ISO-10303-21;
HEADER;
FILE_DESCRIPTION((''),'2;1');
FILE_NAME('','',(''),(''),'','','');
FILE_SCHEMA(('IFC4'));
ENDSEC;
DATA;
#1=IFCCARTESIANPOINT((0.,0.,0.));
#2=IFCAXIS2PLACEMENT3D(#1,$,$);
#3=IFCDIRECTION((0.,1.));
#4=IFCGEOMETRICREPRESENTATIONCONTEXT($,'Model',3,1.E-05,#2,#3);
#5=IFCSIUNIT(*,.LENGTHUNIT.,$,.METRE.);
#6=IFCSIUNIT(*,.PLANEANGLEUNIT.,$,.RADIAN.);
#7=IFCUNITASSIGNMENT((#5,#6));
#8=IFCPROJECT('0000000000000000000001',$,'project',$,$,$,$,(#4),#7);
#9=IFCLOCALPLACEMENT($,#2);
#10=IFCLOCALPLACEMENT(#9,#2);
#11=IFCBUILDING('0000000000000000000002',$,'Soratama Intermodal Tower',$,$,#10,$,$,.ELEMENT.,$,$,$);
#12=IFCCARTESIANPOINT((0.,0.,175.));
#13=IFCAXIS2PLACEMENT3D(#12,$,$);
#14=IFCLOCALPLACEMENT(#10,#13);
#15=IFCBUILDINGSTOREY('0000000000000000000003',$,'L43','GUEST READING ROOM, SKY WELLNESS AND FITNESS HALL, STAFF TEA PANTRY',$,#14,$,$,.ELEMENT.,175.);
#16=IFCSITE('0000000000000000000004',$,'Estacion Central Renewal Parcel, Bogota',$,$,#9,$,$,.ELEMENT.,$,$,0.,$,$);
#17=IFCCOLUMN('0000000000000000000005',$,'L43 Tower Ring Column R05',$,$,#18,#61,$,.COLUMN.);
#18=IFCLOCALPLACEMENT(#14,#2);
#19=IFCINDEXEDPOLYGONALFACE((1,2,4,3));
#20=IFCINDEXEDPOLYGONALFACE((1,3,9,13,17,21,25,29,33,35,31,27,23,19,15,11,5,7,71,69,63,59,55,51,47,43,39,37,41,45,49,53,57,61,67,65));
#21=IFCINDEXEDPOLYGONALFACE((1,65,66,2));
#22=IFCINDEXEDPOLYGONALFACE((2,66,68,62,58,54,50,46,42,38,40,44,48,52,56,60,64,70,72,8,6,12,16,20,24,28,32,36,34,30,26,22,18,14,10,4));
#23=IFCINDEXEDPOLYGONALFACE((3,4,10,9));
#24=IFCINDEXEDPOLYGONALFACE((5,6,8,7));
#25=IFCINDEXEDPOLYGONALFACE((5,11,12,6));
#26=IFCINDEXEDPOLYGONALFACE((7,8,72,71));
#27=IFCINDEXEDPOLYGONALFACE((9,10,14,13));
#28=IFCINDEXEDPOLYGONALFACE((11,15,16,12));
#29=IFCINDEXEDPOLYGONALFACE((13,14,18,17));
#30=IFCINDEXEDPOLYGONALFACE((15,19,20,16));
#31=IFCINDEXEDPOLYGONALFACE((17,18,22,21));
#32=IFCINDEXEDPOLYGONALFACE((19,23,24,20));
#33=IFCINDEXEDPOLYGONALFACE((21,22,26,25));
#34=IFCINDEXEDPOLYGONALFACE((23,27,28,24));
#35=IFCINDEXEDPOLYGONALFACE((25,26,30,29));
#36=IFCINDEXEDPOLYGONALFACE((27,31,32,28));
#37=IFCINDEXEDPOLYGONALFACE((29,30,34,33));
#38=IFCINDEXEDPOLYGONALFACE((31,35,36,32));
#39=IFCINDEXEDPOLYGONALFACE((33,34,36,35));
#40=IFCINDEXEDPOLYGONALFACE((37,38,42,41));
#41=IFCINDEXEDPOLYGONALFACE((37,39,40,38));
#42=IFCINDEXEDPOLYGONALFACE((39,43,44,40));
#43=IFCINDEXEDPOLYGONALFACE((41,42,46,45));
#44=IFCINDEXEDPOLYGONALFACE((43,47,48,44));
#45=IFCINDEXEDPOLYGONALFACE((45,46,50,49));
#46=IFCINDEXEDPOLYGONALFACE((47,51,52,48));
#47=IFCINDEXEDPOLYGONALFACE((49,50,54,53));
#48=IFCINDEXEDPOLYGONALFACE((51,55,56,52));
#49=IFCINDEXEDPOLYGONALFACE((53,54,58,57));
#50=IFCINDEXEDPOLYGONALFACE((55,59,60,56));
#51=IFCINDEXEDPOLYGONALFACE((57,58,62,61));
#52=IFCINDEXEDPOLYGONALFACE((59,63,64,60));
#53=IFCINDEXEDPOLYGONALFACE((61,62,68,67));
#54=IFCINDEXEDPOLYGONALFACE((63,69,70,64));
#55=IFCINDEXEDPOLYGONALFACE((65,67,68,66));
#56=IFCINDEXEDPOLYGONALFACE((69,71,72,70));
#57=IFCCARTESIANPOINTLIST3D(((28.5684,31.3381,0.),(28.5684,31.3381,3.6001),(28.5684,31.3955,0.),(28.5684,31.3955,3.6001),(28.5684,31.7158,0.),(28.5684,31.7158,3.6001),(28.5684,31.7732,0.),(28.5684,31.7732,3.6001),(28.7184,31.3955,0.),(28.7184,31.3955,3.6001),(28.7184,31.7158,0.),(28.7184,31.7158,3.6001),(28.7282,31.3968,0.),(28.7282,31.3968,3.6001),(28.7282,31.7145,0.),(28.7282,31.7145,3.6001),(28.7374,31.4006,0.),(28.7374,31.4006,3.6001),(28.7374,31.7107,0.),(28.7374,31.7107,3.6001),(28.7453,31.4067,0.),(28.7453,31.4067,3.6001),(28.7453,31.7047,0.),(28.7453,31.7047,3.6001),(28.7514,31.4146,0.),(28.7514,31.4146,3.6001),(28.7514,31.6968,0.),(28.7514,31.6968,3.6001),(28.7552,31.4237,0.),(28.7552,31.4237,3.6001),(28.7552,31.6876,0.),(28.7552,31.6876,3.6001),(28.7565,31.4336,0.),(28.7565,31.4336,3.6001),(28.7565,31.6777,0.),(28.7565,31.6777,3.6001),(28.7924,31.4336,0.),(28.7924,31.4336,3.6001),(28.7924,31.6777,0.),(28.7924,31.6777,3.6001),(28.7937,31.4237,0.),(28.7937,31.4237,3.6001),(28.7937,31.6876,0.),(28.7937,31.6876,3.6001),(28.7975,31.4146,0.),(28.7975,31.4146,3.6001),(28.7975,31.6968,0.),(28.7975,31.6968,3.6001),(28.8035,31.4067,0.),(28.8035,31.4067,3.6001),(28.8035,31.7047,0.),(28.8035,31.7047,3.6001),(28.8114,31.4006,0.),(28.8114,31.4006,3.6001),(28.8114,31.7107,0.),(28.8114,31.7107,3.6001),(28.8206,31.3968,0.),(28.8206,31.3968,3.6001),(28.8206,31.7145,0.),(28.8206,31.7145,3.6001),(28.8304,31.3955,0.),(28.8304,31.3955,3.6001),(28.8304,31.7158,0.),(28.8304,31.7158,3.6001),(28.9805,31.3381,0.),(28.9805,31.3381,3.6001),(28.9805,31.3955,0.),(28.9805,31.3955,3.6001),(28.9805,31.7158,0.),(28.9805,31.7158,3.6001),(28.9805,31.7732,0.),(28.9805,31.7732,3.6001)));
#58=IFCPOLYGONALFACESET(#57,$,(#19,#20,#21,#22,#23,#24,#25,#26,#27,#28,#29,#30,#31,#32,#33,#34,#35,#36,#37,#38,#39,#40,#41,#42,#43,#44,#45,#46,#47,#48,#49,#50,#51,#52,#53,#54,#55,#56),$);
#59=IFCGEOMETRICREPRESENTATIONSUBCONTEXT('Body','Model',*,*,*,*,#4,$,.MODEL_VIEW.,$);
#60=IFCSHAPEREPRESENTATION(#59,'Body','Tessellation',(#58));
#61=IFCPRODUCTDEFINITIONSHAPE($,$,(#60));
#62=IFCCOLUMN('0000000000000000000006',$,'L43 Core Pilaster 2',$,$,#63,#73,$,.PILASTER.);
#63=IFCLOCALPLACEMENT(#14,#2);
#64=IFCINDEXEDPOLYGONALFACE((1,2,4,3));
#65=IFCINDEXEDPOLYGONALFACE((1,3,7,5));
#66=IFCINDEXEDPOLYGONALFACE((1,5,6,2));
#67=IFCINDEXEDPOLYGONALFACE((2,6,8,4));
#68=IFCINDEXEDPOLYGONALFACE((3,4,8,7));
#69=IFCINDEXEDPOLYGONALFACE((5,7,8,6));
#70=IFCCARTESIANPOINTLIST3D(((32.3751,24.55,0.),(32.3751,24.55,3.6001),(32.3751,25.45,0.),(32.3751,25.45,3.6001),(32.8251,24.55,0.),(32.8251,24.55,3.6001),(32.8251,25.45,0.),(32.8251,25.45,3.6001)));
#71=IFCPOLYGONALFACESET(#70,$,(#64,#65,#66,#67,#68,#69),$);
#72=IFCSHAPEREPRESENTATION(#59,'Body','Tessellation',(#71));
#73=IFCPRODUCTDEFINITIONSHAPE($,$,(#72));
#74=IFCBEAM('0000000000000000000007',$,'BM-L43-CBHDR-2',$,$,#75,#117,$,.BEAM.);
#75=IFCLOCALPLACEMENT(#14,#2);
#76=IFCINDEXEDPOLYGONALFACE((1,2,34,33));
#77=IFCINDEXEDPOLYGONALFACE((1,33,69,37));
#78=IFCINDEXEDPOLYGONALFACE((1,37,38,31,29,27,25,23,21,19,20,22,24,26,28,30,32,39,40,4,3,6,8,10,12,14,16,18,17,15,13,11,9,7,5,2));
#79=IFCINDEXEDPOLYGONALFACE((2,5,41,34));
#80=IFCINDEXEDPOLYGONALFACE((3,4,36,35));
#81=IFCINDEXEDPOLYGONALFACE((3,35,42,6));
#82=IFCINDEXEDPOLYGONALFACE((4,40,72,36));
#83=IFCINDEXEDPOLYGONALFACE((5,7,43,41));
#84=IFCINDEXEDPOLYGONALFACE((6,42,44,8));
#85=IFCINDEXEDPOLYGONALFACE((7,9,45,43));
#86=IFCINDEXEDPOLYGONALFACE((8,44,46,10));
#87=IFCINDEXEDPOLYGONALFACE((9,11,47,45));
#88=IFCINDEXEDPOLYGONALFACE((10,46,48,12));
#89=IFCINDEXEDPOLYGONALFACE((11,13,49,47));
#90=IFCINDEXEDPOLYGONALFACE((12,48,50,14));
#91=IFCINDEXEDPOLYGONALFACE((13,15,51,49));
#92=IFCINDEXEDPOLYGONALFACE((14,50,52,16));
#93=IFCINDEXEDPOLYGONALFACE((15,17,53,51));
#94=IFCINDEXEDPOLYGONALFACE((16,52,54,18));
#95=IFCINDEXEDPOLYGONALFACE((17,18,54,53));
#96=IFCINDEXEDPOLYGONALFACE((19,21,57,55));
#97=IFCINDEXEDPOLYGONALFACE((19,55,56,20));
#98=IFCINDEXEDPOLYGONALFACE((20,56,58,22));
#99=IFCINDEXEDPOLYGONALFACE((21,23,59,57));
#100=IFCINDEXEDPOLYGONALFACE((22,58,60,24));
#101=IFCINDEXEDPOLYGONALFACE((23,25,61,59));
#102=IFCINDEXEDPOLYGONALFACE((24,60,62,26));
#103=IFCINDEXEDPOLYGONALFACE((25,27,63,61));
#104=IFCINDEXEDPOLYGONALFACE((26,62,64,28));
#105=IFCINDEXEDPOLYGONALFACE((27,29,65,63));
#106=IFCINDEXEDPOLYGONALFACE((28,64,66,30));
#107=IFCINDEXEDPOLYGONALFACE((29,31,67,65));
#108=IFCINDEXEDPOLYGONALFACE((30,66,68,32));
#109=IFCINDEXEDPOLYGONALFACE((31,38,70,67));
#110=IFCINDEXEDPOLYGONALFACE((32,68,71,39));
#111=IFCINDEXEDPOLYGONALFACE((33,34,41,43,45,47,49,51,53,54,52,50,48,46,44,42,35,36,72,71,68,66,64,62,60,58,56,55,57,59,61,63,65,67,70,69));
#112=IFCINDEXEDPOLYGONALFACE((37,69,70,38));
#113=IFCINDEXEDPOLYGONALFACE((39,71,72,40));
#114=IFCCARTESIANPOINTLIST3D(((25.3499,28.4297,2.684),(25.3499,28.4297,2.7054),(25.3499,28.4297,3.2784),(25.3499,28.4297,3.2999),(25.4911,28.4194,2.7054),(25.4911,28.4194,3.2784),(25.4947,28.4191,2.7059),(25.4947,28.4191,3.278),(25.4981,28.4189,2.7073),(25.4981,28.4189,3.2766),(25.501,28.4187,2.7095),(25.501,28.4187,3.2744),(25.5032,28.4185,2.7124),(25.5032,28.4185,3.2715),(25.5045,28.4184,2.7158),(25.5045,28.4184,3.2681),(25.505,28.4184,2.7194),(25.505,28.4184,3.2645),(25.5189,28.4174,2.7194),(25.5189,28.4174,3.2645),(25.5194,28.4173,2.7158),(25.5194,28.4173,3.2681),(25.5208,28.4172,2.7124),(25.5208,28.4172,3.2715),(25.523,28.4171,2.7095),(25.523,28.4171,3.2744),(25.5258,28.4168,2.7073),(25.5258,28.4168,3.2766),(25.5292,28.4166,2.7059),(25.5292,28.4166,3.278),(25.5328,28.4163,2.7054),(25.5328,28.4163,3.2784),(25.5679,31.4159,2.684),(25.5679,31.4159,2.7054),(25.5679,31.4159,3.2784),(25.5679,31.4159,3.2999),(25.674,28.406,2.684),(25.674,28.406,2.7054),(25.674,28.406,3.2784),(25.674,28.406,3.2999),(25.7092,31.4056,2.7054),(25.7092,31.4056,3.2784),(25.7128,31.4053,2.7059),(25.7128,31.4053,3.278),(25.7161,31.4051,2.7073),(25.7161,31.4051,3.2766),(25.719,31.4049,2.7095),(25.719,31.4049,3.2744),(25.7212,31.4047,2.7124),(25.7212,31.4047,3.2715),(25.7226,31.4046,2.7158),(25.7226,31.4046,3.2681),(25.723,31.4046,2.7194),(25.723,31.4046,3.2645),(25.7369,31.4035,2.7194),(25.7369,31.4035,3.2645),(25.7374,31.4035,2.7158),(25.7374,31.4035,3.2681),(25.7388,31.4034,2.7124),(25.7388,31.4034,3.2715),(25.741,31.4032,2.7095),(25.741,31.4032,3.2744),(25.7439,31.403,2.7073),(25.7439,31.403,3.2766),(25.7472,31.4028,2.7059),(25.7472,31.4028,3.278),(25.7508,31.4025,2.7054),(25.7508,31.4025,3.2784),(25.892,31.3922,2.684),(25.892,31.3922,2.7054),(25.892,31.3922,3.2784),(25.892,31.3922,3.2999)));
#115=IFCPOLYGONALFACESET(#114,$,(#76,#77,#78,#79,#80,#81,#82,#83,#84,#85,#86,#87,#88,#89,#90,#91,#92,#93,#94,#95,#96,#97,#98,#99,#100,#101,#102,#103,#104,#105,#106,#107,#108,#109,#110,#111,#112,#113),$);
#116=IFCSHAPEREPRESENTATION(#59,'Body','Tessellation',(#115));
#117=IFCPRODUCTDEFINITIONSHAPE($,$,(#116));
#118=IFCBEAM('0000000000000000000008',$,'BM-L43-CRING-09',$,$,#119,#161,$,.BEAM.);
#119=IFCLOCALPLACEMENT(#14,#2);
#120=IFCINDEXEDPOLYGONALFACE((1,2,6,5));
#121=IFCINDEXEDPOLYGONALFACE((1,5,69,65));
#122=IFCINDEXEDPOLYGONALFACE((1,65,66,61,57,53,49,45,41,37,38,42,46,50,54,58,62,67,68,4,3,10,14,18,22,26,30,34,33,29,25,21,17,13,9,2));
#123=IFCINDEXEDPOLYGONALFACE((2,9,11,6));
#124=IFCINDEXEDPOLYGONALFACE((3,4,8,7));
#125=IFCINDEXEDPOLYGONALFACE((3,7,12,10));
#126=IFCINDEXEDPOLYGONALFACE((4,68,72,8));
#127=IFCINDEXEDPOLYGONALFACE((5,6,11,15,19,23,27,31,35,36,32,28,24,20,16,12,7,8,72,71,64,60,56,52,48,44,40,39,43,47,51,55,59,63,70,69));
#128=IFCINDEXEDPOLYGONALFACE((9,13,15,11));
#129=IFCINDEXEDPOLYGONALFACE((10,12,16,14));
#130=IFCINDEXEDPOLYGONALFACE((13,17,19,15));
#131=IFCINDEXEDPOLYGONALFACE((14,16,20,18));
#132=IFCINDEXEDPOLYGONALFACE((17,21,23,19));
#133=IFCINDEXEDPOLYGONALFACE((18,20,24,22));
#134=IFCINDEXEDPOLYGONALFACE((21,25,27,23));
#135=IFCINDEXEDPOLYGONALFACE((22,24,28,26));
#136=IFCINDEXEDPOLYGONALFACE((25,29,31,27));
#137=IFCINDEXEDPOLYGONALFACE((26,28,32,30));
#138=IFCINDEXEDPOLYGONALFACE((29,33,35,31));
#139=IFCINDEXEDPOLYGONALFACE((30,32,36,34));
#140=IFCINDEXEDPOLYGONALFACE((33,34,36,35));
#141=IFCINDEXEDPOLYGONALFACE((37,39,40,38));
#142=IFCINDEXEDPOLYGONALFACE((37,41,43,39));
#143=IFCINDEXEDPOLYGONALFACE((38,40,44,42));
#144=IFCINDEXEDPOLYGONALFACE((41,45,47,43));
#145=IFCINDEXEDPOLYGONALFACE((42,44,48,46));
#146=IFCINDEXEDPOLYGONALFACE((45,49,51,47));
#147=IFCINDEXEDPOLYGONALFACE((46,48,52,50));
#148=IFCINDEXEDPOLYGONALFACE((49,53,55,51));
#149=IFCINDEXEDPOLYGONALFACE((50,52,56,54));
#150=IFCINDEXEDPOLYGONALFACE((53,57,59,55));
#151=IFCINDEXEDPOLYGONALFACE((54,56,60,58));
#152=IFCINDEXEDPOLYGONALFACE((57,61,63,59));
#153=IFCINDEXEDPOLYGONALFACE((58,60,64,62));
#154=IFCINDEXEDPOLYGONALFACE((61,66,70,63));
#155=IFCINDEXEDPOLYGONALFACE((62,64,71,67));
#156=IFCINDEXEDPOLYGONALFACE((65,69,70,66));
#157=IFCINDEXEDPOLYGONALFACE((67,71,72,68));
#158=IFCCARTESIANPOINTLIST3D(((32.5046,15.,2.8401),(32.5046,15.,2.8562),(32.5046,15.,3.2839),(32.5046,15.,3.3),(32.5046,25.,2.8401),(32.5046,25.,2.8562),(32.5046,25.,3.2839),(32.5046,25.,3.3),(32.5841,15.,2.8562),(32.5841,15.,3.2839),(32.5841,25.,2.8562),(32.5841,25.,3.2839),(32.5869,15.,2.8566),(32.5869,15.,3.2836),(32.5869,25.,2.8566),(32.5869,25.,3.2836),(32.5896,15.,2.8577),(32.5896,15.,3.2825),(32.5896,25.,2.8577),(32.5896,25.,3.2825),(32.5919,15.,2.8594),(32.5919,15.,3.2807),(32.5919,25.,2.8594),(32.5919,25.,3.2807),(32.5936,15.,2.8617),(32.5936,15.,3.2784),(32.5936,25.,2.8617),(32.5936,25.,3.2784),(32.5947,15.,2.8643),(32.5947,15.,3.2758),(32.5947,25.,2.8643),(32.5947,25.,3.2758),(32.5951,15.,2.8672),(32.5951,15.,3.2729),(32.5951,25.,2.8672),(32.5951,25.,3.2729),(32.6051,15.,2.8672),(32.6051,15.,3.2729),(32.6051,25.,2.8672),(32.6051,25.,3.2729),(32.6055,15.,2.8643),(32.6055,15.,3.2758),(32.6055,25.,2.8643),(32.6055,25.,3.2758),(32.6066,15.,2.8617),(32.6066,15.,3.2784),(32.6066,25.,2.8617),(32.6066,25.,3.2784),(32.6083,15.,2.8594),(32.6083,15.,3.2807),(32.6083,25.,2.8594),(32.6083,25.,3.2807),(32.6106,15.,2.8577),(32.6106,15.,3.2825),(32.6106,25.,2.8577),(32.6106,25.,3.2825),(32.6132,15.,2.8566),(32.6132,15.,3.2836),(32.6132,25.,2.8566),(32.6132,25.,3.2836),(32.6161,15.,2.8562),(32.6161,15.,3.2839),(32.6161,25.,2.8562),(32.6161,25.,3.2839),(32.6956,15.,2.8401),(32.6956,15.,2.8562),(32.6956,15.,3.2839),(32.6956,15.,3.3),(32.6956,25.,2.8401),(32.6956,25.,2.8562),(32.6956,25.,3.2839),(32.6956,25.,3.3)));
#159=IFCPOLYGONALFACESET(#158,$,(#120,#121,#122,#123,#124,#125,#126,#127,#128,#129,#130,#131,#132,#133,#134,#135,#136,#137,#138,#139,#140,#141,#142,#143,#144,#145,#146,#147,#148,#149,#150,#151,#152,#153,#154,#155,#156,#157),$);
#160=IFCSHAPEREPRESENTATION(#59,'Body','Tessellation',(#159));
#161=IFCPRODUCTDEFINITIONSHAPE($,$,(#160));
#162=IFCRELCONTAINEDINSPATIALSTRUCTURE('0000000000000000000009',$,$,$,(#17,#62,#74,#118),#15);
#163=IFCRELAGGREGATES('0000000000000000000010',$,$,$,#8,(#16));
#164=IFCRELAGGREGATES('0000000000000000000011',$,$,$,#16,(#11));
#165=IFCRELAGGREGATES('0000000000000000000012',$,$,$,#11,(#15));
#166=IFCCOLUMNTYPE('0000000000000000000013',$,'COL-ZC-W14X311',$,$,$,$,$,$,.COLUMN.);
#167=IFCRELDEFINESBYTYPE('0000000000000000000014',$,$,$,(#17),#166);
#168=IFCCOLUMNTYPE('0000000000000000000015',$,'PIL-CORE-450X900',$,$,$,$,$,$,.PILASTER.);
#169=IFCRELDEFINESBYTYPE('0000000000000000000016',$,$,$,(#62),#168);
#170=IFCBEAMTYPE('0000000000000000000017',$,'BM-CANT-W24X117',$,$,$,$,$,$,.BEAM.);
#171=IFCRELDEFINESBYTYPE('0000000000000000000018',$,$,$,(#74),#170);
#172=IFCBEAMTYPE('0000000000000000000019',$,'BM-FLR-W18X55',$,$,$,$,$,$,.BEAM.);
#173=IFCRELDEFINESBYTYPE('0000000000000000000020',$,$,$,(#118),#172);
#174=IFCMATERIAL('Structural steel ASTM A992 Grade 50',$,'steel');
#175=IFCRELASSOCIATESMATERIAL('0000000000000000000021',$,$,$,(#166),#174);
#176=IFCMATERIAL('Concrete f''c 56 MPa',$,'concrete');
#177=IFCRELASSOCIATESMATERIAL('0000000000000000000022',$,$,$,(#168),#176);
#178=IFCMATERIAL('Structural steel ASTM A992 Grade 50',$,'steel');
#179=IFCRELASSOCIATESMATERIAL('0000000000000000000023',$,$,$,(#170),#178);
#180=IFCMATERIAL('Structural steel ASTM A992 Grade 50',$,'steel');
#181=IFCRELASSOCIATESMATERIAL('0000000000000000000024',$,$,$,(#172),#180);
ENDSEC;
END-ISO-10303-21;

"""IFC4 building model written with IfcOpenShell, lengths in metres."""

from ifc_helpers import new_model, si_unit, direction, frame, origin, origin_2d, place, context, subcontext, project, spatial, rectangle, i_section, extrude, material, material_profile, profile_set, type_object, element, save


model = new_model("IFC4")

# Units and contexts
model_context = context("Model", 3, precision=1e-05, world=origin(), true_north=direction((0.0, 1.0)))
body_context = subcontext(model_context, "Body", "Model", "MODEL_VIEW")
ifc_project = project(units=[si_unit("LENGTHUNIT", "METRE"), si_unit("PLANEANGLEUNIT", "RADIAN")], contexts=[model_context])

# Site, building, storey
site_placement = place(None, origin())
site = spatial("IfcSite", under=ifc_project, at=site_placement, Name="Estacion Central Renewal Parcel, Bogota", CompositionType="ELEMENT", RefElevation=0.0)
building_placement = place(site_placement, origin())
building = spatial("IfcBuilding", under=site, at=building_placement, Name="Soratama Intermodal Tower", CompositionType="ELEMENT")
storey_placement = place(building_placement, frame((0.0, 0.0, 175.0)))
storey = spatial("IfcBuildingStorey", under=building, at=storey_placement, Name="L43", Description="GUEST READING ROOM, SKY WELLNESS AND FITNESS HALL, STAFF TEA PANTRY", CompositionType="ELEMENT", Elevation=175.0)

# Columns
ifc_material_1 = material(Name="Structural steel ASTM A992 Grade 50", Category="steel")
ifc_material_profile_1 = material_profile(ifc_material_1, i_section(OverallWidth=0.4121, OverallDepth=0.4351, WebThickness=0.0359, FlangeThickness=0.0574, FilletRadius=0.0381, at=origin_2d()), Name="W14X311")
ifc_profile_set_1 = profile_set([ifc_material_profile_1], Name="Structural steel ASTM A992 Grade 50")
column_type_1 = type_object("IfcColumnType", Name="COL-ZC-W14X311", PredefinedType="COLUMN", material=ifc_profile_set_1)
column_1_placement = place(storey_placement, frame((28.7744, 31.5557, 0.0), z_axis=(0.0, 0.0, 1.0), x_axis=(1.0, 0.0, 0.0)))
element("IfcColumn", 1, at=column_1_placement, inside=storey, type_object=column_type_1, Name="L43 Tower Ring Column R05", PredefinedType="COLUMN", context=body_context, shape_type="SweptSolid", body=[
    extrude(i_section(OverallWidth=0.4121, OverallDepth=0.4351, WebThickness=0.0359, FlangeThickness=0.0574, FilletRadius=0.0381, at=origin_2d()), origin(), (0.0, 0.0, 1.0), 3.6001),
])
ifc_material_2 = material(Name="Concrete f'c 56 MPa", Category="concrete")
ifc_material_profile_2 = material_profile(ifc_material_2, rectangle(XDim=0.45, YDim=0.8999, at=origin_2d()), Name="RC450X900")
ifc_profile_set_2 = profile_set([ifc_material_profile_2], Name="Concrete f'c 56 MPa")
column_type_2 = type_object("IfcColumnType", Name="PIL-CORE-450X900", PredefinedType="PILASTER", material=ifc_profile_set_2)
column_2_placement = place(storey_placement, frame((32.6001, 25.0, 0.0), z_axis=(0.0, 0.0, 1.0), x_axis=(1.0, 0.0, 0.0)))
element("IfcColumn", 2, at=column_2_placement, inside=storey, type_object=column_type_2, Name="L43 Core Pilaster 2", PredefinedType="PILASTER", context=body_context, shape_type="SweptSolid", body=[
    extrude(rectangle(XDim=0.45, YDim=0.8999, at=origin_2d()), origin(), (0.0, 0.0, 1.0), 3.6001),
])

# Beams
ifc_material_3 = material(Name="Structural steel ASTM A992 Grade 50", Category="steel")
ifc_material_profile_3 = material_profile(ifc_material_3, i_section(OverallWidth=0.325, OverallDepth=0.616, WebThickness=0.0139, FlangeThickness=0.0215, FilletRadius=0.0139, at=origin_2d()), Name="W24X117")
ifc_profile_set_3 = profile_set([ifc_material_profile_3], Name="Structural steel ASTM A992 Grade 50")
beam_type_1 = type_object("IfcBeamType", Name="BM-CANT-W24X117", PredefinedType="BEAM", material=ifc_profile_set_3)
beam_1_placement = place(storey_placement, frame((25.73, 31.4041, 2.9919), z_axis=(-0.072817, -0.997345, 0.0), x_axis=(0.997345, -0.072817, 0.0)))
element("IfcBeam", 3, at=beam_1_placement, inside=storey, type_object=beam_type_1, Name="BM-L43-CBHDR-2", PredefinedType="BEAM", context=body_context, shape_type="SweptSolid", body=[
    extrude(i_section(OverallWidth=0.325, OverallDepth=0.616, WebThickness=0.0139, FlangeThickness=0.0215, FilletRadius=0.0139, at=origin_2d()), origin(), (0.0, 0.0, 1.0), 2.9941),
])
ifc_material_4 = material(Name="Structural steel ASTM A992 Grade 50", Category="steel")
ifc_material_profile_4 = material_profile(ifc_material_4, i_section(OverallWidth=0.1909, OverallDepth=0.46, WebThickness=0.01, FlangeThickness=0.0161, FilletRadius=0.011, at=origin_2d()), Name="W18X55")
ifc_profile_set_4 = profile_set([ifc_material_profile_4], Name="Structural steel ASTM A992 Grade 50")
beam_type_2 = type_object("IfcBeamType", Name="BM-FLR-W18X55", PredefinedType="BEAM", material=ifc_profile_set_4)
beam_2_placement = place(storey_placement, frame((32.6001, 25.0, 3.0701), z_axis=(0.0, -1.0, 0.0), x_axis=(1.0, 0.0, 0.0)))
element("IfcBeam", 4, at=beam_2_placement, inside=storey, type_object=beam_type_2, Name="BM-L43-CRING-09", PredefinedType="BEAM", context=body_context, shape_type="SweptSolid", body=[
    extrude(i_section(OverallWidth=0.1909, OverallDepth=0.46, WebThickness=0.01, FlangeThickness=0.0161, FilletRadius=0.011, at=origin_2d()), origin(), (0.0, 0.0, 1.0), 10.0),
])

save(model, "model.ifc")
